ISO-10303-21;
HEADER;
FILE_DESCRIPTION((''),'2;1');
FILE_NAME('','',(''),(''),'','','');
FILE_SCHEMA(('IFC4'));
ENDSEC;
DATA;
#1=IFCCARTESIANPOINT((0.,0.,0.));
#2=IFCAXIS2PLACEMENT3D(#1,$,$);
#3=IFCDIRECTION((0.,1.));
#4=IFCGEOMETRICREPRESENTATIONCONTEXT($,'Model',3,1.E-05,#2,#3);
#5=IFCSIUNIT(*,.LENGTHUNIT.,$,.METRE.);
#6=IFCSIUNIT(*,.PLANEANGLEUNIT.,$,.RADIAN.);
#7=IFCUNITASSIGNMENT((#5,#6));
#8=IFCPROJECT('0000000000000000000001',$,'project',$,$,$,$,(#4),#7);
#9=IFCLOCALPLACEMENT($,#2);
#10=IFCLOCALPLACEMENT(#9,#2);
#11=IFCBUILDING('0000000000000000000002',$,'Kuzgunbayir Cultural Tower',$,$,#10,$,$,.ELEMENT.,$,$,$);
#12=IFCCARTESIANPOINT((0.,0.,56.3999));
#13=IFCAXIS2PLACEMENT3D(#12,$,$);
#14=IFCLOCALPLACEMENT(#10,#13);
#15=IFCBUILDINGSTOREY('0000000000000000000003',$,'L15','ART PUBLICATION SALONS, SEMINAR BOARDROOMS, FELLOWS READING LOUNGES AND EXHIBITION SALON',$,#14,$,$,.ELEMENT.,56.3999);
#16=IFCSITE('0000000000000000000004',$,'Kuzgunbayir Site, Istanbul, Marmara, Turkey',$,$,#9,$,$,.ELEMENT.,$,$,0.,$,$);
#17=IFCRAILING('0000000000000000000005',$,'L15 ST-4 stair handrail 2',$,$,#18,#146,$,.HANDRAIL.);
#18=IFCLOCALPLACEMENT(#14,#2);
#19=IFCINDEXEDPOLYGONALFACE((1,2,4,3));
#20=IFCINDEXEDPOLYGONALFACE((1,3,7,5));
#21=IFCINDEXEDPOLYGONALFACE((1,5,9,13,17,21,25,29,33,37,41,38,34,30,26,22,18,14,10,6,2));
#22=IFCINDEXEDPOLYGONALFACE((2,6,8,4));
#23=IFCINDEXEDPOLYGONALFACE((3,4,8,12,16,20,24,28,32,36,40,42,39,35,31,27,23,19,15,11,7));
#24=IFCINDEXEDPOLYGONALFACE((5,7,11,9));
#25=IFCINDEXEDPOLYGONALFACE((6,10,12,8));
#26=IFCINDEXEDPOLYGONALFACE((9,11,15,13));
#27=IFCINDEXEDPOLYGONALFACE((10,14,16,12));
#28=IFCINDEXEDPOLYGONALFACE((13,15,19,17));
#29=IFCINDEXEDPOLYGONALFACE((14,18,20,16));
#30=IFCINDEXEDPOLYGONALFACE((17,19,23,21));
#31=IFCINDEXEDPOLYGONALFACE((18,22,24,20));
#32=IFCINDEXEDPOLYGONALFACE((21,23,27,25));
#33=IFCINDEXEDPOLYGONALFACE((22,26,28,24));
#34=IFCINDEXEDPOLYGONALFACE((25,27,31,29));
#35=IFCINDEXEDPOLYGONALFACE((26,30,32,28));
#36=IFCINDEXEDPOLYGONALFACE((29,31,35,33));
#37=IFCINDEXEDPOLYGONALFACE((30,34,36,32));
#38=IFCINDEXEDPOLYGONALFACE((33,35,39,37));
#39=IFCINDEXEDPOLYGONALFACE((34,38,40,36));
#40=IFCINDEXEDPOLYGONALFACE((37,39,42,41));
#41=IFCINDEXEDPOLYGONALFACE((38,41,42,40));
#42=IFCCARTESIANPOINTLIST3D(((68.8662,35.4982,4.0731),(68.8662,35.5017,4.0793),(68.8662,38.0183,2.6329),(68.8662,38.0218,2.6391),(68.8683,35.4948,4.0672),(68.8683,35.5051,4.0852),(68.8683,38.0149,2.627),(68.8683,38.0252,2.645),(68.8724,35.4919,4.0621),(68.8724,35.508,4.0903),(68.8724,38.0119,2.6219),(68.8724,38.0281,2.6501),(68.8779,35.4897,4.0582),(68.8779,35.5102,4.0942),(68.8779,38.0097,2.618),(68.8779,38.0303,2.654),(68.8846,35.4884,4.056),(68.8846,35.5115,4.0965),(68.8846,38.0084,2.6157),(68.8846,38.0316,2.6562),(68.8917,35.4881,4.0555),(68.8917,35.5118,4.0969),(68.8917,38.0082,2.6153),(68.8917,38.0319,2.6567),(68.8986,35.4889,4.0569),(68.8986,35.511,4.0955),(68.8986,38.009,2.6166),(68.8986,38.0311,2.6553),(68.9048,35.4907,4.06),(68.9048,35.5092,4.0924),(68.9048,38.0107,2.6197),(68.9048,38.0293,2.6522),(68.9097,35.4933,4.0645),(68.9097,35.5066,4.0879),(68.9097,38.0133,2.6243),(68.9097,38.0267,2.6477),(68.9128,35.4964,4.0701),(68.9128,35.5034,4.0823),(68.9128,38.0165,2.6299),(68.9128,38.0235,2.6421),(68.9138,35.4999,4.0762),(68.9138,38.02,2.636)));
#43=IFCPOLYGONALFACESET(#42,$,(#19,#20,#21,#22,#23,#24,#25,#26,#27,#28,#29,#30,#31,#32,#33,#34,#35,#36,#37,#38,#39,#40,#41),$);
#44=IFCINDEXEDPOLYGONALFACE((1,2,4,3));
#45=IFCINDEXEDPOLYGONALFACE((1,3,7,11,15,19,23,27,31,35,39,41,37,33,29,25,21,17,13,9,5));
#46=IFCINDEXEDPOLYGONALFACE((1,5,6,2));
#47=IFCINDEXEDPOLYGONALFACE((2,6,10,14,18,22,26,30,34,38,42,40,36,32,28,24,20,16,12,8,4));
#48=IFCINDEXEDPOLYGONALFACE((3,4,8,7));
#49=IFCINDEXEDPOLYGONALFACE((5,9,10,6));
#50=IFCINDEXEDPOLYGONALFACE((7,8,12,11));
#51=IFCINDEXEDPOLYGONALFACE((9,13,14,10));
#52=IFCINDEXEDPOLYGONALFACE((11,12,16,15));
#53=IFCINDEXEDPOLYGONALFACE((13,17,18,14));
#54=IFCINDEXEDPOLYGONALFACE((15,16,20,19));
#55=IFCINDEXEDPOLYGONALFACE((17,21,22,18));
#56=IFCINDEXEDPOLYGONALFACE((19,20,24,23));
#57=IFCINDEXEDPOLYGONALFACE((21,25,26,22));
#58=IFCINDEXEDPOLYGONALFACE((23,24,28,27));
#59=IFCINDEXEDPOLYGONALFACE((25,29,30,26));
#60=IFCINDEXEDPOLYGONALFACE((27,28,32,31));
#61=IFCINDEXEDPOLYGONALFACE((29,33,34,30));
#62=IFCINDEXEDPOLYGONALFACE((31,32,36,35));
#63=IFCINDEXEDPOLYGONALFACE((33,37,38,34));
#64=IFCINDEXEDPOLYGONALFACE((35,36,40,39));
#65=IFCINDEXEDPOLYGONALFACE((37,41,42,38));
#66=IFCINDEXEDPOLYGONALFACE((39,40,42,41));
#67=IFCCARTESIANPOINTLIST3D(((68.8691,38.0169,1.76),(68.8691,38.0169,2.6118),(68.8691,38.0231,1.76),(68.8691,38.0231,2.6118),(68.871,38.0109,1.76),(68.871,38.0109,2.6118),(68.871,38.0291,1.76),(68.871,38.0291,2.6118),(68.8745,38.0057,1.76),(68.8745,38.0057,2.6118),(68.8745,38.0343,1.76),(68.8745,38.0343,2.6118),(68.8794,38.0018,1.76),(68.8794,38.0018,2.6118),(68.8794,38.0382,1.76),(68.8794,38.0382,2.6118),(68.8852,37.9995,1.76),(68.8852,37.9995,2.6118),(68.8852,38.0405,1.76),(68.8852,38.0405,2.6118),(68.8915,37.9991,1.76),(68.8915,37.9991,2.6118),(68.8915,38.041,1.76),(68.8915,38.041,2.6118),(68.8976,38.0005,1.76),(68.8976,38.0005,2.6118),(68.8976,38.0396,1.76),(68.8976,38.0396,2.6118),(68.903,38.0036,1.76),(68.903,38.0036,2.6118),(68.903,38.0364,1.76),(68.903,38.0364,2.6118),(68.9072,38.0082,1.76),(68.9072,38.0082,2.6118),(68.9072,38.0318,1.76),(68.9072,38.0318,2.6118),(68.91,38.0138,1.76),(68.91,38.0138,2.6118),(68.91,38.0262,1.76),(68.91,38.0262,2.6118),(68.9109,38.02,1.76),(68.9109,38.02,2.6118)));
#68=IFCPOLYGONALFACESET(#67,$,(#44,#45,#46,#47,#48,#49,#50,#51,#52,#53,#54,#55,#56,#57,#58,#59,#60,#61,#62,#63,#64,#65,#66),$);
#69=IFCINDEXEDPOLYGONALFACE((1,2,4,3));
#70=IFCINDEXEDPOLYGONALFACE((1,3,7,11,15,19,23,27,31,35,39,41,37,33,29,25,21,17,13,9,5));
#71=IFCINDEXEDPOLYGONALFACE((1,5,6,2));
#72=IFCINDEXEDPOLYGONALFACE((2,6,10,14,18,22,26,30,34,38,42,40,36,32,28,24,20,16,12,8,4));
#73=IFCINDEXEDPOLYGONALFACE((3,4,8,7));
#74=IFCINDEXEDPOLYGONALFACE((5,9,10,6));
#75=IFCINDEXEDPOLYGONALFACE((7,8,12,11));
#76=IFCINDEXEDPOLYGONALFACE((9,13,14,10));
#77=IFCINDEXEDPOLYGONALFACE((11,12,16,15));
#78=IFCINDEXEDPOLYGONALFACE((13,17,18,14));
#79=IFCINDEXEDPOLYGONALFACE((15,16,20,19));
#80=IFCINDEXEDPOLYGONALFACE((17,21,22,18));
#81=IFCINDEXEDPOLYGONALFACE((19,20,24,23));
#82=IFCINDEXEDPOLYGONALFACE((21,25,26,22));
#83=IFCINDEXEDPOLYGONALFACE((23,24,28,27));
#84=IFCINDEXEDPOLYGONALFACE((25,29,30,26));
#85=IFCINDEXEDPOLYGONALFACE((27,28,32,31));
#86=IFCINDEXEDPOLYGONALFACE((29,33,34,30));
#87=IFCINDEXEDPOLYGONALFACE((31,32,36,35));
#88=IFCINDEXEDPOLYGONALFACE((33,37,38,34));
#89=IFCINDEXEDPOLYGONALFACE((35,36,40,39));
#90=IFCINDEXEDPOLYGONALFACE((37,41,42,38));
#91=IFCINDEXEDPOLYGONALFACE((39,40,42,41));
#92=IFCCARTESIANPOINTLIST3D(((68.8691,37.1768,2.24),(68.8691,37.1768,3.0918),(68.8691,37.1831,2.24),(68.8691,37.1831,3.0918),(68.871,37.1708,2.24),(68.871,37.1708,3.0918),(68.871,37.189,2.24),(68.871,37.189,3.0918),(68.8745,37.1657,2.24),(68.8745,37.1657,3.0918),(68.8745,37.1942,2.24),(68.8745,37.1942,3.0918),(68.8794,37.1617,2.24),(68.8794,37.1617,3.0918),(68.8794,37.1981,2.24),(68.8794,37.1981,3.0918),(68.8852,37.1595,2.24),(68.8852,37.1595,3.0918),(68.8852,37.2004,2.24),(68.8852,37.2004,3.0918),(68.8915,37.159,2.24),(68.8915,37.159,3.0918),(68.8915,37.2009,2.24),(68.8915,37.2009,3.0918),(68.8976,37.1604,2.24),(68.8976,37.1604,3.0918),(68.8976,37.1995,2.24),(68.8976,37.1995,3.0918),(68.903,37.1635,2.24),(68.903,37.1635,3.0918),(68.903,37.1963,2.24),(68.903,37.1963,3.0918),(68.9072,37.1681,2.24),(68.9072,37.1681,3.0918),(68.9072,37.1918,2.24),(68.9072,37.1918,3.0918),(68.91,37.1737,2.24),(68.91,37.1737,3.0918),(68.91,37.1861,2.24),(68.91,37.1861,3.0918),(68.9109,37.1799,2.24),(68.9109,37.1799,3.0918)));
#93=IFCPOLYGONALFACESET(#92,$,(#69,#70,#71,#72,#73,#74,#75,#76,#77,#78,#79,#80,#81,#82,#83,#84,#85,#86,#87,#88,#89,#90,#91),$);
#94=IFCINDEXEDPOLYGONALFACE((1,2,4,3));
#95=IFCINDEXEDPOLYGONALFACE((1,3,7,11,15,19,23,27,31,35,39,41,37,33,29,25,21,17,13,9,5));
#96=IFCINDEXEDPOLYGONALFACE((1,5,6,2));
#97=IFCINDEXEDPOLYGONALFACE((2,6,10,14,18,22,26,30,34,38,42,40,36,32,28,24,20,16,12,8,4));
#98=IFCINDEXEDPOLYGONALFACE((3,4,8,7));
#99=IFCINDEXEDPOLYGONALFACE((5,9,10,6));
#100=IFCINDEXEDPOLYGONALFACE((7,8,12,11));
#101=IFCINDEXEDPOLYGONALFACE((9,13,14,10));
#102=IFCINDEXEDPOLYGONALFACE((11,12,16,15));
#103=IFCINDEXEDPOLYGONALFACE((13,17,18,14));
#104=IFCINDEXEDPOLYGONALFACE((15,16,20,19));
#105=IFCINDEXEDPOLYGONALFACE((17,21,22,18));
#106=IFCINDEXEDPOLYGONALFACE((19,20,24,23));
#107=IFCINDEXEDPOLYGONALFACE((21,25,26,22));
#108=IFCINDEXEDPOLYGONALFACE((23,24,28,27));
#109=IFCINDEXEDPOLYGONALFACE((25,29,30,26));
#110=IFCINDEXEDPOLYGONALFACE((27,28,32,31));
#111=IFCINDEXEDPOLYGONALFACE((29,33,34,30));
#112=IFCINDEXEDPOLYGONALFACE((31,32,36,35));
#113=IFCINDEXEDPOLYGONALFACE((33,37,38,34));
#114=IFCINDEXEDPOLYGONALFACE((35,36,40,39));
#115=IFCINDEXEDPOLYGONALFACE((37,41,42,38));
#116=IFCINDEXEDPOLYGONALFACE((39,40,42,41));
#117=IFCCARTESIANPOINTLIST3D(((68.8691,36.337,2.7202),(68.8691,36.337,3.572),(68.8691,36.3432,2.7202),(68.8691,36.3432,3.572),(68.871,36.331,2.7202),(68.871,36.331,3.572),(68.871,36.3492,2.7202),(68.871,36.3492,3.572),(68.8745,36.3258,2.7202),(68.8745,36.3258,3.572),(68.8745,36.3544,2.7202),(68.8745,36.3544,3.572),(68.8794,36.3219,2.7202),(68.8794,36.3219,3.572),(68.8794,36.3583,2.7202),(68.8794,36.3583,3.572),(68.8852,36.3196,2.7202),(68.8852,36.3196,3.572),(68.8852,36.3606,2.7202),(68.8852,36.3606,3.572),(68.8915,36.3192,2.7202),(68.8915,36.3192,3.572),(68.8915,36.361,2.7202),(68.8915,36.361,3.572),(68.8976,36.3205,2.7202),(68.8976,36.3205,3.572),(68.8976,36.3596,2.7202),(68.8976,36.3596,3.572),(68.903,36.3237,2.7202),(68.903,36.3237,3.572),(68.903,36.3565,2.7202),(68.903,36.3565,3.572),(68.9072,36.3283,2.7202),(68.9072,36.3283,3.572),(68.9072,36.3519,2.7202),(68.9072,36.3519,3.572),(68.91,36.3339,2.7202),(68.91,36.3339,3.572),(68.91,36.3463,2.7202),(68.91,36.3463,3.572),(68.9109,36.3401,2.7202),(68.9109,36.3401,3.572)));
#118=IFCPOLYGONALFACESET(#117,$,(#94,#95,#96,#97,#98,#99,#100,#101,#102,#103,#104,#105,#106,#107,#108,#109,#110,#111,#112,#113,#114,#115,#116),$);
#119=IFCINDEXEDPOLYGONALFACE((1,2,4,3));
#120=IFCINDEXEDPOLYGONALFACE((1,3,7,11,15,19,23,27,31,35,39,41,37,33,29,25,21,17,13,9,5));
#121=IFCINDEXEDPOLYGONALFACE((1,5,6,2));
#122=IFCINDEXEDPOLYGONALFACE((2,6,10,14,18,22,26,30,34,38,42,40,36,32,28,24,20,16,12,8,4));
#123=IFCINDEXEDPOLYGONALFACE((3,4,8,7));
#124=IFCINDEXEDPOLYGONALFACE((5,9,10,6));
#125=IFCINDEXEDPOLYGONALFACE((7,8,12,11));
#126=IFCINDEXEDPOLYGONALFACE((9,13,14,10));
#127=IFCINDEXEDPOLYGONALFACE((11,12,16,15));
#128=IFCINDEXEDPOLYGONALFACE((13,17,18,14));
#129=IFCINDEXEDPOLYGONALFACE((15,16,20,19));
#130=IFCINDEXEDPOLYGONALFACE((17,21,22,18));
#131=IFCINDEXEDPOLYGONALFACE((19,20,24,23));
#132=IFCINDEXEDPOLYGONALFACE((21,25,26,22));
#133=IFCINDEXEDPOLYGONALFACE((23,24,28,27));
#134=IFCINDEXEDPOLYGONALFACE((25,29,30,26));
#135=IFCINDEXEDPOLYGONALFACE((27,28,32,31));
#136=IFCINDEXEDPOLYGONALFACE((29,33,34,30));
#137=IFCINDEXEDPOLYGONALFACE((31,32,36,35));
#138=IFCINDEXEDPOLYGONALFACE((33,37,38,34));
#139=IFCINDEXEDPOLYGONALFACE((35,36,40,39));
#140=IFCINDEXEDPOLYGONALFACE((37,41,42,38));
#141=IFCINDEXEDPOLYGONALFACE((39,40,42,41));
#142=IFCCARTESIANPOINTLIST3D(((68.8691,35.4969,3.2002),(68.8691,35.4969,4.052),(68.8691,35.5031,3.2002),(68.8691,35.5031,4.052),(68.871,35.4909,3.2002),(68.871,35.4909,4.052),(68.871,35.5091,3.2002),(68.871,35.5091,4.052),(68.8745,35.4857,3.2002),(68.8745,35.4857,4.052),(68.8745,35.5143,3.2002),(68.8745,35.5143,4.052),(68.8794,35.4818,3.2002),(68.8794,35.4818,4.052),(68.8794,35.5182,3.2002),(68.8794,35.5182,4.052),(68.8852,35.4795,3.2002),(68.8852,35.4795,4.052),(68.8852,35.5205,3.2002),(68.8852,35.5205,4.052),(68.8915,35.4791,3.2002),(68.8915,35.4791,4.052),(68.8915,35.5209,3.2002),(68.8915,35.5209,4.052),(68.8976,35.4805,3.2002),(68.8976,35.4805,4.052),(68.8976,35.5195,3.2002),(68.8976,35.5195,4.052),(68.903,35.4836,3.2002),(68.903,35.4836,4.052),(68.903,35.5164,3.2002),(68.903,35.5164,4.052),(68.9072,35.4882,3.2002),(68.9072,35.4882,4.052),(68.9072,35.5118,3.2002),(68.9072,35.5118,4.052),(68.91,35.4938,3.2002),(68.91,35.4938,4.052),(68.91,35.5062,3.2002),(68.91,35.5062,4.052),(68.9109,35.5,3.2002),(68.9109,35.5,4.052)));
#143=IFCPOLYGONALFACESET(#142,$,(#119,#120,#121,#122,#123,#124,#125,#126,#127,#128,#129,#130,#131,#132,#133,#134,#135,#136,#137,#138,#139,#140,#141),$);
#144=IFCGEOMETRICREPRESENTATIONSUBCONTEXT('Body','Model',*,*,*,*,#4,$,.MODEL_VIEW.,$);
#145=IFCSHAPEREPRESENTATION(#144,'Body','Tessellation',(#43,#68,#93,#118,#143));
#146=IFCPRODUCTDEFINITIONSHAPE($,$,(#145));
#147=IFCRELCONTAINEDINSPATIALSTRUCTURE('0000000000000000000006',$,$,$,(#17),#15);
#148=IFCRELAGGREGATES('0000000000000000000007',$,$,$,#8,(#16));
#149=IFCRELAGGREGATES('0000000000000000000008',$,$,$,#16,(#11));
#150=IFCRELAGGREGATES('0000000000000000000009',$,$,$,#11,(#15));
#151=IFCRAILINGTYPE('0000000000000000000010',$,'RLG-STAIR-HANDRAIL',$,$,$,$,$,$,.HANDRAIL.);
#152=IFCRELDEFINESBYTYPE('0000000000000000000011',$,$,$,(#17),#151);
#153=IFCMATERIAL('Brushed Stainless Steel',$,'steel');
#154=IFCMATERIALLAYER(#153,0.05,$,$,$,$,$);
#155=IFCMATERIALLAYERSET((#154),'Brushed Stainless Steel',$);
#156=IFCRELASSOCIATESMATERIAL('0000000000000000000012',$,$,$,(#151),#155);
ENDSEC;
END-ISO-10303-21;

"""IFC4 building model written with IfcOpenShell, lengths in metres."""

from ifc_helpers import new_model, si_unit, direction, frame, origin, origin_2d, place, context, subcontext, project, spatial, circle, extrude, material, layer, layer_set, type_object, element, save


model = new_model("IFC4")

# Units and contexts
model_context = context("Model", 3, precision=1e-05, world=origin(), true_north=direction((0.0, 1.0)))
body_context = subcontext(model_context, "Body", "Model", "MODEL_VIEW")
ifc_project = project(units=[si_unit("LENGTHUNIT", "METRE"), si_unit("PLANEANGLEUNIT", "RADIAN")], contexts=[model_context])

# Site, building, storey
site_placement = place(None, origin())
site = spatial("IfcSite", under=ifc_project, at=site_placement, Name="Kuzgunbayir Site, Istanbul, Marmara, Turkey", CompositionType="ELEMENT", RefElevation=0.0)
building_placement = place(site_placement, origin())
building = spatial("IfcBuilding", under=site, at=building_placement, Name="Kuzgunbayir Cultural Tower", CompositionType="ELEMENT")
storey_placement = place(building_placement, frame((0.0, 0.0, 56.3999)))
storey = spatial("IfcBuildingStorey", under=building, at=storey_placement, Name="L15", Description="ART PUBLICATION SALONS, SEMINAR BOARDROOMS, FELLOWS READING LOUNGES AND EXHIBITION SALON", CompositionType="ELEMENT", Elevation=56.3999)

# Shared definitions
ifc_material_1 = material(Name="Brushed Stainless Steel", Category="steel")

# Railing
ifc_layer_1 = layer(ifc_material_1, 0.05)
ifc_layer_set_1 = layer_set([ifc_layer_1], Name="Brushed Stainless Steel")
railing_type_1 = type_object("IfcRailingType", Name="RLG-STAIR-HANDRAIL", PredefinedType="HANDRAIL", material=ifc_layer_set_1)
railing_1_placement = place(storey_placement, frame((68.8899, 38.02, 1.76)))
element("IfcRailing", 1, at=railing_1_placement, inside=storey, type_object=railing_type_1, Name="L15 ST-4 stair handrail 2", PredefinedType="HANDRAIL", context=body_context, shape_type="SweptSolid", body=[
    extrude(circle(Radius=0.0239, at=origin_2d()), frame((0.0, 0.0, 0.876), z_axis=(0.0, -0.868217, 0.496184), x_axis=(1.0, 0.0, 0.0)), (0.0, 0.0, 1.0), 2.9026),
    extrude(circle(Radius=0.021, at=origin_2d()), origin(), (0.0, 0.0, 1.0), 0.8518),
    extrude(circle(Radius=0.021, at=origin_2d()), frame((0.0, -0.8401, 0.48)), (0.0, 0.0, 1.0), 0.8518),
    extrude(circle(Radius=0.021, at=origin_2d()), frame((0.0, -1.6799, 0.9602)), (0.0, 0.0, 1.0), 0.8518),
    extrude(circle(Radius=0.021, at=origin_2d()), frame((0.0, -2.52, 1.4402)), (0.0, 0.0, 1.0), 0.8518),
])

save(model, "model.ifc")
